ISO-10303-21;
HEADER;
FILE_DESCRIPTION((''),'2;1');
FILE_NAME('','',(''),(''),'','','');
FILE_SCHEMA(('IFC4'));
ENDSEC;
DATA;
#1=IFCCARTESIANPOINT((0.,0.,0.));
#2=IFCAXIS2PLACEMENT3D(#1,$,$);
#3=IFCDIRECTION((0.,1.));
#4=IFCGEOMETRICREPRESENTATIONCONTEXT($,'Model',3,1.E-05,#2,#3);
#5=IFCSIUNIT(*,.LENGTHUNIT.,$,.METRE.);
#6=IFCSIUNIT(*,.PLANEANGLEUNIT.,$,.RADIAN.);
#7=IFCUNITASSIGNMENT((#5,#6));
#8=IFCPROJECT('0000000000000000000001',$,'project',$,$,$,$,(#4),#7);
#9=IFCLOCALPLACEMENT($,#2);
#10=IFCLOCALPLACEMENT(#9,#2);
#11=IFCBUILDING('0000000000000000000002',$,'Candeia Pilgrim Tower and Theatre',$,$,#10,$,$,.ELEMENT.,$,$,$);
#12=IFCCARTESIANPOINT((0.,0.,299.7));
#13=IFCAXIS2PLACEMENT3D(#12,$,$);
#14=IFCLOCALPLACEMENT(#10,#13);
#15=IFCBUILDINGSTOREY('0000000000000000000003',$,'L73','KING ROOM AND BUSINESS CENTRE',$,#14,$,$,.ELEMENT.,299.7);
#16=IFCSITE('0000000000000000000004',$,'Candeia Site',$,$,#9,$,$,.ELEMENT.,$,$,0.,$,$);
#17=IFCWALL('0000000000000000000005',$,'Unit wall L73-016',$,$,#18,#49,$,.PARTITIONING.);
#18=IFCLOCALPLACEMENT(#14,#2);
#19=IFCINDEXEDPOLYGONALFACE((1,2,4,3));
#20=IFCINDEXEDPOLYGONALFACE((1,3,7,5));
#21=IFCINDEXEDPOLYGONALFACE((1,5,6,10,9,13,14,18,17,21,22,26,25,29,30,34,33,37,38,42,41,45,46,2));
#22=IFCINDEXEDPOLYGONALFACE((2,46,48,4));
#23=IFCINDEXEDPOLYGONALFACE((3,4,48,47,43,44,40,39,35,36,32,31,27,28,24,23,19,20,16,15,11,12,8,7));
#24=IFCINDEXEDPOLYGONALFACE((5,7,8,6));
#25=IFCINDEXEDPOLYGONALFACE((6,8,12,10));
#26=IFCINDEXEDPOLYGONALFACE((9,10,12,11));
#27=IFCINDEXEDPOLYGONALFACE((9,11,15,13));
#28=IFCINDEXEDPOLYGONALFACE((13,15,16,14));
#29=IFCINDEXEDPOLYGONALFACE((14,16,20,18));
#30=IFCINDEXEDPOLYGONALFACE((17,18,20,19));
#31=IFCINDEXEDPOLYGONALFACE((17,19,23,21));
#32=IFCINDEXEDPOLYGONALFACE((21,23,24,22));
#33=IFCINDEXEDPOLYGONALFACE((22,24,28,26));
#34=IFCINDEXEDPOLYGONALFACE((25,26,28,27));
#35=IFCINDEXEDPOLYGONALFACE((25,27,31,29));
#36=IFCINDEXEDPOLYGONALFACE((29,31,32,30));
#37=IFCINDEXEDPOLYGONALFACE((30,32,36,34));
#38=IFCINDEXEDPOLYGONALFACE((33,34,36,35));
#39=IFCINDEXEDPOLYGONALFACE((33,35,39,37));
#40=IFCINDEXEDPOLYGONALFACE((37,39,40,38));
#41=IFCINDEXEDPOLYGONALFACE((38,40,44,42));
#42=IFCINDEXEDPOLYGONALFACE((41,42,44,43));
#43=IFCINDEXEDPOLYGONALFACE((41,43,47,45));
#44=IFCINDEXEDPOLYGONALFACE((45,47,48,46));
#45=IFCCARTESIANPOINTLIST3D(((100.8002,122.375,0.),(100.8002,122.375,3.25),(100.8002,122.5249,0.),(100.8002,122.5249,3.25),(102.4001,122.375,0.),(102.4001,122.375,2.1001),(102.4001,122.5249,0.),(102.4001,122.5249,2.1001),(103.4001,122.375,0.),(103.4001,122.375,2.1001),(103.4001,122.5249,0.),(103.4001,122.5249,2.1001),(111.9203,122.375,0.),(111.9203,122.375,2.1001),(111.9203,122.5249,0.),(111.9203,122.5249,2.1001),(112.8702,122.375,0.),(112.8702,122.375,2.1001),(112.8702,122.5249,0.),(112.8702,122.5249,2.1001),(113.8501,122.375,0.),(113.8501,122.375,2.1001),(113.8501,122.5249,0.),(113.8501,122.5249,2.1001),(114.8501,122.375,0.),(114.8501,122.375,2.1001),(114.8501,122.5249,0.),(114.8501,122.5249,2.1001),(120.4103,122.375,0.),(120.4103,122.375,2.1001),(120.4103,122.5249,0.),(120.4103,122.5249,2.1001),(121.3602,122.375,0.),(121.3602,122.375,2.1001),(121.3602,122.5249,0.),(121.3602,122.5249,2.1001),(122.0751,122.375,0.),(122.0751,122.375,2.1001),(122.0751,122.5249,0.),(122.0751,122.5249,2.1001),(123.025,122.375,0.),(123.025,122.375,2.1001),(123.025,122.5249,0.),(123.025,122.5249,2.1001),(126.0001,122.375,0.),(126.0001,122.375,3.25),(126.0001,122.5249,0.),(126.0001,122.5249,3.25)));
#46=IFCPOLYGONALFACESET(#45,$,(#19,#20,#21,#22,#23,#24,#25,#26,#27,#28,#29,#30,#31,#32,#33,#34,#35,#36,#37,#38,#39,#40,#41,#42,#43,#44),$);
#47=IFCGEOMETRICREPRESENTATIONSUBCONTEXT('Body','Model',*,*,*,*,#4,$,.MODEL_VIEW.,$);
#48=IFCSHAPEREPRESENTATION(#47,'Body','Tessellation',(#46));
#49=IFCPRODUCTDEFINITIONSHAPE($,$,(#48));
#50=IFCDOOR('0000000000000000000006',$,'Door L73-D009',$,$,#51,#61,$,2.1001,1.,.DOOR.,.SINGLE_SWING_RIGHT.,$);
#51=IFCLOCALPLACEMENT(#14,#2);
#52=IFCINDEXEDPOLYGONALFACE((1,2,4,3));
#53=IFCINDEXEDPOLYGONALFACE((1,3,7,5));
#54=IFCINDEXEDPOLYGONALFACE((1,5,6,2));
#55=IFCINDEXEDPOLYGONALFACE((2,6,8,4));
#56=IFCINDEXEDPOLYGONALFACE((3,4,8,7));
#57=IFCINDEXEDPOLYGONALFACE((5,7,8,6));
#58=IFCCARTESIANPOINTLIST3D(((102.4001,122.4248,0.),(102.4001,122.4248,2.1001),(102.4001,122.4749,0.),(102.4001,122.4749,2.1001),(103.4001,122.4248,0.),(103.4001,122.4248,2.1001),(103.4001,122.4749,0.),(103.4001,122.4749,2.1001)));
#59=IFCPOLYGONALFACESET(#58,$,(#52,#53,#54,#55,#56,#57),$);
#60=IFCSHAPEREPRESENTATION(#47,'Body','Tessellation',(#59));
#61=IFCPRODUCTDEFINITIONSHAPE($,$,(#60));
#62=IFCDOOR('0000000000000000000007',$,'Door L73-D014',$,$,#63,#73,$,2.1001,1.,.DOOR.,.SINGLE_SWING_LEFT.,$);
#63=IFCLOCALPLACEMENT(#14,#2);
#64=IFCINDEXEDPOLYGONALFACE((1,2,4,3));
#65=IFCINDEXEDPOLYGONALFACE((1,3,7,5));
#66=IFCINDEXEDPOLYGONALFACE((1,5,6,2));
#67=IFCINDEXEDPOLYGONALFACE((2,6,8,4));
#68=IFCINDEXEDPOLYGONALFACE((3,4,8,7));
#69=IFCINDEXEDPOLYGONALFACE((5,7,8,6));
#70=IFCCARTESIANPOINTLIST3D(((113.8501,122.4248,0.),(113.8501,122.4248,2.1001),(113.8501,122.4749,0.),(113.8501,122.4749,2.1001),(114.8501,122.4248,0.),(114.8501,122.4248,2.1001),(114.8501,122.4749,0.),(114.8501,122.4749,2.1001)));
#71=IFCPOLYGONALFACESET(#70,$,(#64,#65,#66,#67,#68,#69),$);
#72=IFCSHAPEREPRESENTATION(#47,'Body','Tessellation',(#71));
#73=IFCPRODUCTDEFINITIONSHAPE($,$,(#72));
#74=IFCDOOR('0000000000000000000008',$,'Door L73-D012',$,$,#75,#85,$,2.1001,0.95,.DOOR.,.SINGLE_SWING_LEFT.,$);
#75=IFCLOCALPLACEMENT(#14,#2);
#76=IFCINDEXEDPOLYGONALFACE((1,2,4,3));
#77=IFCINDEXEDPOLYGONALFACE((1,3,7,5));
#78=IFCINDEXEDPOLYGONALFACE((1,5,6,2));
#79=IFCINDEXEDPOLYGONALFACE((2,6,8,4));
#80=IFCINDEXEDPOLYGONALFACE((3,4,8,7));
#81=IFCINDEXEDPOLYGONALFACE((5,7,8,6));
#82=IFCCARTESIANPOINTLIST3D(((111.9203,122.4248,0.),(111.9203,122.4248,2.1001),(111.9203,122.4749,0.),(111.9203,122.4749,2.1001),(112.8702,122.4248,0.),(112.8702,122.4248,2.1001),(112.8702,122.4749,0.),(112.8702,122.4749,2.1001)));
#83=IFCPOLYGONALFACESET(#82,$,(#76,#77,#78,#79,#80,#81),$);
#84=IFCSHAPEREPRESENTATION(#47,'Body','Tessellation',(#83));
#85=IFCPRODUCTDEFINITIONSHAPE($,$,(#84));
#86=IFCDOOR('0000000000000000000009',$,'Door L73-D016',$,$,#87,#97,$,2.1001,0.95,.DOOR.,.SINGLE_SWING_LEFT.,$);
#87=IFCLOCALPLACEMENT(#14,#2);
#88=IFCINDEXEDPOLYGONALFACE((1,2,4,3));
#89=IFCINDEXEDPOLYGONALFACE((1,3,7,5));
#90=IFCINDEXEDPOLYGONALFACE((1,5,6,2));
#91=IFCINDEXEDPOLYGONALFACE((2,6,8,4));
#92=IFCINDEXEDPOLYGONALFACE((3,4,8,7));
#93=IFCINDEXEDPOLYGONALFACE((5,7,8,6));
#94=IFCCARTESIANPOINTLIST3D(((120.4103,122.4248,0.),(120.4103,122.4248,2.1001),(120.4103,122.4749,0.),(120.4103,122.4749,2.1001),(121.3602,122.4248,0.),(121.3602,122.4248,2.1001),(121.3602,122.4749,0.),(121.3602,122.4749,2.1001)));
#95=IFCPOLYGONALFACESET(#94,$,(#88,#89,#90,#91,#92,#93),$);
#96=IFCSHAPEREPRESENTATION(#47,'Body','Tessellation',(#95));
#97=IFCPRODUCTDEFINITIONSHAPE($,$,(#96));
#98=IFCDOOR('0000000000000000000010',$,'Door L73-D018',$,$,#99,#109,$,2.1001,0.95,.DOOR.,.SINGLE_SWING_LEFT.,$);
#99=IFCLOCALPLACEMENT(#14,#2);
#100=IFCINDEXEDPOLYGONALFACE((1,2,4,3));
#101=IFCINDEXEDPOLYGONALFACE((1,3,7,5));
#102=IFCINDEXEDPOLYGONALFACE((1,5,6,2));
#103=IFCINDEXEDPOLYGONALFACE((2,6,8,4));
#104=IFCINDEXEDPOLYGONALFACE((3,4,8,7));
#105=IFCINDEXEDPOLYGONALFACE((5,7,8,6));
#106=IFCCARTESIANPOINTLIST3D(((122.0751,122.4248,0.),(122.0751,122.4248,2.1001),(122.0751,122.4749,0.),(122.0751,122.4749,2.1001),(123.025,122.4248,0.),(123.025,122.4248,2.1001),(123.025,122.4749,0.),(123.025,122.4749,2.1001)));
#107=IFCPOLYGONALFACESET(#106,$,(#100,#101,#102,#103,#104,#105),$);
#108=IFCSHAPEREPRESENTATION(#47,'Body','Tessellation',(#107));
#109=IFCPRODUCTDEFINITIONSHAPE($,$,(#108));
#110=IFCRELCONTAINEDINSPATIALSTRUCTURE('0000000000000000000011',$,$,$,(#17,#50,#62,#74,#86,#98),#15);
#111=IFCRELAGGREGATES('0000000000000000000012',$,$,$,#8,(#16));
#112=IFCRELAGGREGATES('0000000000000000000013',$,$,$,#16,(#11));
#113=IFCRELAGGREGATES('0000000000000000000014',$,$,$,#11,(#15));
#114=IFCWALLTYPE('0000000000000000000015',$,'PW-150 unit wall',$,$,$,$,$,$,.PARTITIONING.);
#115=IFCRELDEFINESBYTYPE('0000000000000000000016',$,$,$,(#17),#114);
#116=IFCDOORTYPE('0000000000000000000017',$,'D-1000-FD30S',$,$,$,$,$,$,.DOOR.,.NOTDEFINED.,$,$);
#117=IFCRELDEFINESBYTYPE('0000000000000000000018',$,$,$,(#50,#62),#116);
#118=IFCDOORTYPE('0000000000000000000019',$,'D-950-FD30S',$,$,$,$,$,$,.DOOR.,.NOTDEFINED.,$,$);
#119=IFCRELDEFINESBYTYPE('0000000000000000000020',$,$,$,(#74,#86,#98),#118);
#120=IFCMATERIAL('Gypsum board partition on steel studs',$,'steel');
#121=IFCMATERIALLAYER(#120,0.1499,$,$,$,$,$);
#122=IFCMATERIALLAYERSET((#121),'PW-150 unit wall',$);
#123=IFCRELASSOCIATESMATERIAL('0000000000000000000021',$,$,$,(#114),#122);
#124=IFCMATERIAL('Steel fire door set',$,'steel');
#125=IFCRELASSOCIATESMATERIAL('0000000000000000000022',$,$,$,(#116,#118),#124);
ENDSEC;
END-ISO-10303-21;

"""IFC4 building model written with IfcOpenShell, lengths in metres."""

from ifc_helpers import new_model, si_unit, direction, frame, frame_2d, origin, place, context, subcontext, project, spatial, rectangle, extrude, material, layer, layer_set, type_object, element, fill, save


model = new_model("IFC4")

# Units and contexts
model_context = context("Model", 3, precision=1e-05, world=origin(), true_north=direction((0.0, 1.0)))
body_context = subcontext(model_context, "Body", "Model", "MODEL_VIEW")
ifc_project = project(units=[si_unit("LENGTHUNIT", "METRE"), si_unit("PLANEANGLEUNIT", "RADIAN")], contexts=[model_context])

# Site, building, storey
site_placement = place(None, origin())
site = spatial("IfcSite", under=ifc_project, at=site_placement, Name="Candeia Site", CompositionType="ELEMENT", RefElevation=0.0)
building_placement = place(site_placement, origin())
building = spatial("IfcBuilding", under=site, at=building_placement, Name="Candeia Pilgrim Tower and Theatre", CompositionType="ELEMENT")
storey_placement = place(building_placement, frame((0.0, 0.0, 299.7)))
storey = spatial("IfcBuildingStorey", under=building, at=storey_placement, Name="L73", Description="KING ROOM AND BUSINESS CENTRE", CompositionType="ELEMENT", Elevation=299.7)

# Shared definitions
ifc_material_1 = material(Name="Gypsum board partition on steel studs", Category="steel")

# Wall, openings, doors
ifc_layer_1 = layer(ifc_material_1, 0.1499)
ifc_layer_set_1 = layer_set([ifc_layer_1], Name="PW-150 unit wall")
wall_type_1 = type_object("IfcWallType", Name="PW-150 unit wall", PredefinedType="PARTITIONING", material=ifc_layer_set_1)
wall_1_placement = place(storey_placement, frame((100.8, 122.45, 0.0), z_axis=(0.0, 0.0, 1.0), x_axis=(1.0, 0.0, 0.0)))
wall_1 = element("IfcWall", 1, at=wall_1_placement, inside=storey, type_object=wall_type_1, Name="Unit wall L73-016", PredefinedType="PARTITIONING", context=body_context, shape_type="SweptSolid", body=[
    extrude(rectangle(XDim=25.2, YDim=0.1499, at=frame_2d((12.6001, 0.0))), origin(), (0.0, 0.0, 1.0), 3.25),
])
opening_1_placement = place(wall_1_placement, frame((1.6001, 0.0, 0.0)))
opening_1 = element("IfcOpeningElement", 2, at=opening_1_placement, cuts=wall_1, PredefinedType="OPENING", context=body_context, shape_type="SweptSolid", body=[
    extrude(rectangle(XDim=1.0, YDim=2.1001, at=frame_2d((0.5, 1.05))), frame((0.0, 0.085, 0.0), z_axis=(0.0, -1.0, 0.0), x_axis=(1.0, 0.0, 0.0)), (0.0, 0.0, 1.0), 0.1699),
])
opening_2_placement = place(wall_1_placement, frame((11.1201, 0.0, 0.0)))
opening_2 = element("IfcOpeningElement", 3, at=opening_2_placement, cuts=wall_1, PredefinedType="OPENING", context=body_context, shape_type="SweptSolid", body=[
    extrude(rectangle(XDim=0.95, YDim=2.1001, at=frame_2d((0.4751, 1.05))), frame((0.0, 0.085, 0.0), z_axis=(0.0, -1.0, 0.0), x_axis=(1.0, 0.0, 0.0)), (0.0, 0.0, 1.0), 0.1699),
])
opening_3_placement = place(wall_1_placement, frame((13.05, 0.0, 0.0)))
opening_3 = element("IfcOpeningElement", 4, at=opening_3_placement, cuts=wall_1, PredefinedType="OPENING", context=body_context, shape_type="SweptSolid", body=[
    extrude(rectangle(XDim=1.0, YDim=2.1001, at=frame_2d((0.5, 1.05))), frame((0.0, 0.085, 0.0), z_axis=(0.0, -1.0, 0.0), x_axis=(1.0, 0.0, 0.0)), (0.0, 0.0, 1.0), 0.1699),
])
opening_4_placement = place(wall_1_placement, frame((19.6101, 0.0, 0.0)))
opening_4 = element("IfcOpeningElement", 5, at=opening_4_placement, cuts=wall_1, PredefinedType="OPENING", context=body_context, shape_type="SweptSolid", body=[
    extrude(rectangle(XDim=0.95, YDim=2.1001, at=frame_2d((0.4751, 1.05))), frame((0.0, 0.085, 0.0), z_axis=(0.0, -1.0, 0.0), x_axis=(1.0, 0.0, 0.0)), (0.0, 0.0, 1.0), 0.1699),
])
opening_5_placement = place(wall_1_placement, frame((21.2749, 0.0, 0.0)))
opening_5 = element("IfcOpeningElement", 6, at=opening_5_placement, cuts=wall_1, PredefinedType="OPENING", context=body_context, shape_type="SweptSolid", body=[
    extrude(rectangle(XDim=0.95, YDim=2.1001, at=frame_2d((0.4751, 1.05))), frame((0.0, 0.085, 0.0), z_axis=(0.0, -1.0, 0.0), x_axis=(1.0, 0.0, 0.0)), (0.0, 0.0, 1.0), 0.1699),
])
ifc_material_2 = material(Name="Steel fire door set", Category="steel")
door_type_1 = type_object("IfcDoorType", Name="D-1000-FD30S", OperationType="NOTDEFINED", PredefinedType="DOOR", material=ifc_material_2)
door_1_placement = place(opening_1_placement, origin())
door_1 = element("IfcDoor", 7, at=door_1_placement, inside=storey, type_object=door_type_1, Name="Door L73-D009", OperationType="SINGLE_SWING_RIGHT", OverallHeight=2.1001, OverallWidth=1.0, PredefinedType="DOOR", context=body_context, shape_type="SweptSolid", body=[
    extrude(rectangle(XDim=1.0, YDim=2.1001, at=frame_2d((0.5, 1.05))), frame((0.0, 0.0249, 0.0), z_axis=(0.0, -1.0, 0.0), x_axis=(1.0, 0.0, 0.0)), (0.0, 0.0, 1.0), 0.05),
])
fill(opening_1, door_1)
door_2_placement = place(opening_3_placement, origin())
door_2 = element("IfcDoor", 8, at=door_2_placement, inside=storey, type_object=door_type_1, Name="Door L73-D014", OperationType="SINGLE_SWING_LEFT", OverallHeight=2.1001, OverallWidth=1.0, PredefinedType="DOOR", context=body_context, shape_type="SweptSolid", body=[
    extrude(rectangle(XDim=1.0, YDim=2.1001, at=frame_2d((0.5, 1.05))), frame((0.0, 0.0249, 0.0), z_axis=(0.0, -1.0, 0.0), x_axis=(1.0, 0.0, 0.0)), (0.0, 0.0, 1.0), 0.05),
])
fill(opening_3, door_2)
door_type_2 = type_object("IfcDoorType", Name="D-950-FD30S", OperationType="NOTDEFINED", PredefinedType="DOOR", material=ifc_material_2)
door_3_placement = place(opening_2_placement, origin())
door_3 = element("IfcDoor", 9, at=door_3_placement, inside=storey, type_object=door_type_2, Name="Door L73-D012", OperationType="SINGLE_SWING_LEFT", OverallHeight=2.1001, OverallWidth=0.95, PredefinedType="DOOR", context=body_context, shape_type="SweptSolid", body=[
    extrude(rectangle(XDim=0.95, YDim=2.1001, at=frame_2d((0.4751, 1.05))), frame((0.0, 0.0249, 0.0), z_axis=(0.0, -1.0, 0.0), x_axis=(1.0, 0.0, 0.0)), (0.0, 0.0, 1.0), 0.05),
])
fill(opening_2, door_3)
door_4_placement = place(opening_4_placement, origin())
door_4 = element("IfcDoor", 10, at=door_4_placement, inside=storey, type_object=door_type_2, Name="Door L73-D016", OperationType="SINGLE_SWING_LEFT", OverallHeight=2.1001, OverallWidth=0.95, PredefinedType="DOOR", context=body_context, shape_type="SweptSolid", body=[
    extrude(rectangle(XDim=0.95, YDim=2.1001, at=frame_2d((0.4751, 1.05))), frame((0.0, 0.0249, 0.0), z_axis=(0.0, -1.0, 0.0), x_axis=(1.0, 0.0, 0.0)), (0.0, 0.0, 1.0), 0.05),
])
fill(opening_4, door_4)
door_5_placement = place(opening_5_placement, origin())
door_5 = element("IfcDoor", 11, at=door_5_placement, inside=storey, type_object=door_type_2, Name="Door L73-D018", OperationType="SINGLE_SWING_LEFT", OverallHeight=2.1001, OverallWidth=0.95, PredefinedType="DOOR", context=body_context, shape_type="SweptSolid", body=[
    extrude(rectangle(XDim=0.95, YDim=2.1001, at=frame_2d((0.4751, 1.05))), frame((0.0, 0.0249, 0.0), z_axis=(0.0, -1.0, 0.0), x_axis=(1.0, 0.0, 0.0)), (0.0, 0.0, 1.0), 0.05),
])
fill(opening_5, door_5)

save(model, "model.ifc")
